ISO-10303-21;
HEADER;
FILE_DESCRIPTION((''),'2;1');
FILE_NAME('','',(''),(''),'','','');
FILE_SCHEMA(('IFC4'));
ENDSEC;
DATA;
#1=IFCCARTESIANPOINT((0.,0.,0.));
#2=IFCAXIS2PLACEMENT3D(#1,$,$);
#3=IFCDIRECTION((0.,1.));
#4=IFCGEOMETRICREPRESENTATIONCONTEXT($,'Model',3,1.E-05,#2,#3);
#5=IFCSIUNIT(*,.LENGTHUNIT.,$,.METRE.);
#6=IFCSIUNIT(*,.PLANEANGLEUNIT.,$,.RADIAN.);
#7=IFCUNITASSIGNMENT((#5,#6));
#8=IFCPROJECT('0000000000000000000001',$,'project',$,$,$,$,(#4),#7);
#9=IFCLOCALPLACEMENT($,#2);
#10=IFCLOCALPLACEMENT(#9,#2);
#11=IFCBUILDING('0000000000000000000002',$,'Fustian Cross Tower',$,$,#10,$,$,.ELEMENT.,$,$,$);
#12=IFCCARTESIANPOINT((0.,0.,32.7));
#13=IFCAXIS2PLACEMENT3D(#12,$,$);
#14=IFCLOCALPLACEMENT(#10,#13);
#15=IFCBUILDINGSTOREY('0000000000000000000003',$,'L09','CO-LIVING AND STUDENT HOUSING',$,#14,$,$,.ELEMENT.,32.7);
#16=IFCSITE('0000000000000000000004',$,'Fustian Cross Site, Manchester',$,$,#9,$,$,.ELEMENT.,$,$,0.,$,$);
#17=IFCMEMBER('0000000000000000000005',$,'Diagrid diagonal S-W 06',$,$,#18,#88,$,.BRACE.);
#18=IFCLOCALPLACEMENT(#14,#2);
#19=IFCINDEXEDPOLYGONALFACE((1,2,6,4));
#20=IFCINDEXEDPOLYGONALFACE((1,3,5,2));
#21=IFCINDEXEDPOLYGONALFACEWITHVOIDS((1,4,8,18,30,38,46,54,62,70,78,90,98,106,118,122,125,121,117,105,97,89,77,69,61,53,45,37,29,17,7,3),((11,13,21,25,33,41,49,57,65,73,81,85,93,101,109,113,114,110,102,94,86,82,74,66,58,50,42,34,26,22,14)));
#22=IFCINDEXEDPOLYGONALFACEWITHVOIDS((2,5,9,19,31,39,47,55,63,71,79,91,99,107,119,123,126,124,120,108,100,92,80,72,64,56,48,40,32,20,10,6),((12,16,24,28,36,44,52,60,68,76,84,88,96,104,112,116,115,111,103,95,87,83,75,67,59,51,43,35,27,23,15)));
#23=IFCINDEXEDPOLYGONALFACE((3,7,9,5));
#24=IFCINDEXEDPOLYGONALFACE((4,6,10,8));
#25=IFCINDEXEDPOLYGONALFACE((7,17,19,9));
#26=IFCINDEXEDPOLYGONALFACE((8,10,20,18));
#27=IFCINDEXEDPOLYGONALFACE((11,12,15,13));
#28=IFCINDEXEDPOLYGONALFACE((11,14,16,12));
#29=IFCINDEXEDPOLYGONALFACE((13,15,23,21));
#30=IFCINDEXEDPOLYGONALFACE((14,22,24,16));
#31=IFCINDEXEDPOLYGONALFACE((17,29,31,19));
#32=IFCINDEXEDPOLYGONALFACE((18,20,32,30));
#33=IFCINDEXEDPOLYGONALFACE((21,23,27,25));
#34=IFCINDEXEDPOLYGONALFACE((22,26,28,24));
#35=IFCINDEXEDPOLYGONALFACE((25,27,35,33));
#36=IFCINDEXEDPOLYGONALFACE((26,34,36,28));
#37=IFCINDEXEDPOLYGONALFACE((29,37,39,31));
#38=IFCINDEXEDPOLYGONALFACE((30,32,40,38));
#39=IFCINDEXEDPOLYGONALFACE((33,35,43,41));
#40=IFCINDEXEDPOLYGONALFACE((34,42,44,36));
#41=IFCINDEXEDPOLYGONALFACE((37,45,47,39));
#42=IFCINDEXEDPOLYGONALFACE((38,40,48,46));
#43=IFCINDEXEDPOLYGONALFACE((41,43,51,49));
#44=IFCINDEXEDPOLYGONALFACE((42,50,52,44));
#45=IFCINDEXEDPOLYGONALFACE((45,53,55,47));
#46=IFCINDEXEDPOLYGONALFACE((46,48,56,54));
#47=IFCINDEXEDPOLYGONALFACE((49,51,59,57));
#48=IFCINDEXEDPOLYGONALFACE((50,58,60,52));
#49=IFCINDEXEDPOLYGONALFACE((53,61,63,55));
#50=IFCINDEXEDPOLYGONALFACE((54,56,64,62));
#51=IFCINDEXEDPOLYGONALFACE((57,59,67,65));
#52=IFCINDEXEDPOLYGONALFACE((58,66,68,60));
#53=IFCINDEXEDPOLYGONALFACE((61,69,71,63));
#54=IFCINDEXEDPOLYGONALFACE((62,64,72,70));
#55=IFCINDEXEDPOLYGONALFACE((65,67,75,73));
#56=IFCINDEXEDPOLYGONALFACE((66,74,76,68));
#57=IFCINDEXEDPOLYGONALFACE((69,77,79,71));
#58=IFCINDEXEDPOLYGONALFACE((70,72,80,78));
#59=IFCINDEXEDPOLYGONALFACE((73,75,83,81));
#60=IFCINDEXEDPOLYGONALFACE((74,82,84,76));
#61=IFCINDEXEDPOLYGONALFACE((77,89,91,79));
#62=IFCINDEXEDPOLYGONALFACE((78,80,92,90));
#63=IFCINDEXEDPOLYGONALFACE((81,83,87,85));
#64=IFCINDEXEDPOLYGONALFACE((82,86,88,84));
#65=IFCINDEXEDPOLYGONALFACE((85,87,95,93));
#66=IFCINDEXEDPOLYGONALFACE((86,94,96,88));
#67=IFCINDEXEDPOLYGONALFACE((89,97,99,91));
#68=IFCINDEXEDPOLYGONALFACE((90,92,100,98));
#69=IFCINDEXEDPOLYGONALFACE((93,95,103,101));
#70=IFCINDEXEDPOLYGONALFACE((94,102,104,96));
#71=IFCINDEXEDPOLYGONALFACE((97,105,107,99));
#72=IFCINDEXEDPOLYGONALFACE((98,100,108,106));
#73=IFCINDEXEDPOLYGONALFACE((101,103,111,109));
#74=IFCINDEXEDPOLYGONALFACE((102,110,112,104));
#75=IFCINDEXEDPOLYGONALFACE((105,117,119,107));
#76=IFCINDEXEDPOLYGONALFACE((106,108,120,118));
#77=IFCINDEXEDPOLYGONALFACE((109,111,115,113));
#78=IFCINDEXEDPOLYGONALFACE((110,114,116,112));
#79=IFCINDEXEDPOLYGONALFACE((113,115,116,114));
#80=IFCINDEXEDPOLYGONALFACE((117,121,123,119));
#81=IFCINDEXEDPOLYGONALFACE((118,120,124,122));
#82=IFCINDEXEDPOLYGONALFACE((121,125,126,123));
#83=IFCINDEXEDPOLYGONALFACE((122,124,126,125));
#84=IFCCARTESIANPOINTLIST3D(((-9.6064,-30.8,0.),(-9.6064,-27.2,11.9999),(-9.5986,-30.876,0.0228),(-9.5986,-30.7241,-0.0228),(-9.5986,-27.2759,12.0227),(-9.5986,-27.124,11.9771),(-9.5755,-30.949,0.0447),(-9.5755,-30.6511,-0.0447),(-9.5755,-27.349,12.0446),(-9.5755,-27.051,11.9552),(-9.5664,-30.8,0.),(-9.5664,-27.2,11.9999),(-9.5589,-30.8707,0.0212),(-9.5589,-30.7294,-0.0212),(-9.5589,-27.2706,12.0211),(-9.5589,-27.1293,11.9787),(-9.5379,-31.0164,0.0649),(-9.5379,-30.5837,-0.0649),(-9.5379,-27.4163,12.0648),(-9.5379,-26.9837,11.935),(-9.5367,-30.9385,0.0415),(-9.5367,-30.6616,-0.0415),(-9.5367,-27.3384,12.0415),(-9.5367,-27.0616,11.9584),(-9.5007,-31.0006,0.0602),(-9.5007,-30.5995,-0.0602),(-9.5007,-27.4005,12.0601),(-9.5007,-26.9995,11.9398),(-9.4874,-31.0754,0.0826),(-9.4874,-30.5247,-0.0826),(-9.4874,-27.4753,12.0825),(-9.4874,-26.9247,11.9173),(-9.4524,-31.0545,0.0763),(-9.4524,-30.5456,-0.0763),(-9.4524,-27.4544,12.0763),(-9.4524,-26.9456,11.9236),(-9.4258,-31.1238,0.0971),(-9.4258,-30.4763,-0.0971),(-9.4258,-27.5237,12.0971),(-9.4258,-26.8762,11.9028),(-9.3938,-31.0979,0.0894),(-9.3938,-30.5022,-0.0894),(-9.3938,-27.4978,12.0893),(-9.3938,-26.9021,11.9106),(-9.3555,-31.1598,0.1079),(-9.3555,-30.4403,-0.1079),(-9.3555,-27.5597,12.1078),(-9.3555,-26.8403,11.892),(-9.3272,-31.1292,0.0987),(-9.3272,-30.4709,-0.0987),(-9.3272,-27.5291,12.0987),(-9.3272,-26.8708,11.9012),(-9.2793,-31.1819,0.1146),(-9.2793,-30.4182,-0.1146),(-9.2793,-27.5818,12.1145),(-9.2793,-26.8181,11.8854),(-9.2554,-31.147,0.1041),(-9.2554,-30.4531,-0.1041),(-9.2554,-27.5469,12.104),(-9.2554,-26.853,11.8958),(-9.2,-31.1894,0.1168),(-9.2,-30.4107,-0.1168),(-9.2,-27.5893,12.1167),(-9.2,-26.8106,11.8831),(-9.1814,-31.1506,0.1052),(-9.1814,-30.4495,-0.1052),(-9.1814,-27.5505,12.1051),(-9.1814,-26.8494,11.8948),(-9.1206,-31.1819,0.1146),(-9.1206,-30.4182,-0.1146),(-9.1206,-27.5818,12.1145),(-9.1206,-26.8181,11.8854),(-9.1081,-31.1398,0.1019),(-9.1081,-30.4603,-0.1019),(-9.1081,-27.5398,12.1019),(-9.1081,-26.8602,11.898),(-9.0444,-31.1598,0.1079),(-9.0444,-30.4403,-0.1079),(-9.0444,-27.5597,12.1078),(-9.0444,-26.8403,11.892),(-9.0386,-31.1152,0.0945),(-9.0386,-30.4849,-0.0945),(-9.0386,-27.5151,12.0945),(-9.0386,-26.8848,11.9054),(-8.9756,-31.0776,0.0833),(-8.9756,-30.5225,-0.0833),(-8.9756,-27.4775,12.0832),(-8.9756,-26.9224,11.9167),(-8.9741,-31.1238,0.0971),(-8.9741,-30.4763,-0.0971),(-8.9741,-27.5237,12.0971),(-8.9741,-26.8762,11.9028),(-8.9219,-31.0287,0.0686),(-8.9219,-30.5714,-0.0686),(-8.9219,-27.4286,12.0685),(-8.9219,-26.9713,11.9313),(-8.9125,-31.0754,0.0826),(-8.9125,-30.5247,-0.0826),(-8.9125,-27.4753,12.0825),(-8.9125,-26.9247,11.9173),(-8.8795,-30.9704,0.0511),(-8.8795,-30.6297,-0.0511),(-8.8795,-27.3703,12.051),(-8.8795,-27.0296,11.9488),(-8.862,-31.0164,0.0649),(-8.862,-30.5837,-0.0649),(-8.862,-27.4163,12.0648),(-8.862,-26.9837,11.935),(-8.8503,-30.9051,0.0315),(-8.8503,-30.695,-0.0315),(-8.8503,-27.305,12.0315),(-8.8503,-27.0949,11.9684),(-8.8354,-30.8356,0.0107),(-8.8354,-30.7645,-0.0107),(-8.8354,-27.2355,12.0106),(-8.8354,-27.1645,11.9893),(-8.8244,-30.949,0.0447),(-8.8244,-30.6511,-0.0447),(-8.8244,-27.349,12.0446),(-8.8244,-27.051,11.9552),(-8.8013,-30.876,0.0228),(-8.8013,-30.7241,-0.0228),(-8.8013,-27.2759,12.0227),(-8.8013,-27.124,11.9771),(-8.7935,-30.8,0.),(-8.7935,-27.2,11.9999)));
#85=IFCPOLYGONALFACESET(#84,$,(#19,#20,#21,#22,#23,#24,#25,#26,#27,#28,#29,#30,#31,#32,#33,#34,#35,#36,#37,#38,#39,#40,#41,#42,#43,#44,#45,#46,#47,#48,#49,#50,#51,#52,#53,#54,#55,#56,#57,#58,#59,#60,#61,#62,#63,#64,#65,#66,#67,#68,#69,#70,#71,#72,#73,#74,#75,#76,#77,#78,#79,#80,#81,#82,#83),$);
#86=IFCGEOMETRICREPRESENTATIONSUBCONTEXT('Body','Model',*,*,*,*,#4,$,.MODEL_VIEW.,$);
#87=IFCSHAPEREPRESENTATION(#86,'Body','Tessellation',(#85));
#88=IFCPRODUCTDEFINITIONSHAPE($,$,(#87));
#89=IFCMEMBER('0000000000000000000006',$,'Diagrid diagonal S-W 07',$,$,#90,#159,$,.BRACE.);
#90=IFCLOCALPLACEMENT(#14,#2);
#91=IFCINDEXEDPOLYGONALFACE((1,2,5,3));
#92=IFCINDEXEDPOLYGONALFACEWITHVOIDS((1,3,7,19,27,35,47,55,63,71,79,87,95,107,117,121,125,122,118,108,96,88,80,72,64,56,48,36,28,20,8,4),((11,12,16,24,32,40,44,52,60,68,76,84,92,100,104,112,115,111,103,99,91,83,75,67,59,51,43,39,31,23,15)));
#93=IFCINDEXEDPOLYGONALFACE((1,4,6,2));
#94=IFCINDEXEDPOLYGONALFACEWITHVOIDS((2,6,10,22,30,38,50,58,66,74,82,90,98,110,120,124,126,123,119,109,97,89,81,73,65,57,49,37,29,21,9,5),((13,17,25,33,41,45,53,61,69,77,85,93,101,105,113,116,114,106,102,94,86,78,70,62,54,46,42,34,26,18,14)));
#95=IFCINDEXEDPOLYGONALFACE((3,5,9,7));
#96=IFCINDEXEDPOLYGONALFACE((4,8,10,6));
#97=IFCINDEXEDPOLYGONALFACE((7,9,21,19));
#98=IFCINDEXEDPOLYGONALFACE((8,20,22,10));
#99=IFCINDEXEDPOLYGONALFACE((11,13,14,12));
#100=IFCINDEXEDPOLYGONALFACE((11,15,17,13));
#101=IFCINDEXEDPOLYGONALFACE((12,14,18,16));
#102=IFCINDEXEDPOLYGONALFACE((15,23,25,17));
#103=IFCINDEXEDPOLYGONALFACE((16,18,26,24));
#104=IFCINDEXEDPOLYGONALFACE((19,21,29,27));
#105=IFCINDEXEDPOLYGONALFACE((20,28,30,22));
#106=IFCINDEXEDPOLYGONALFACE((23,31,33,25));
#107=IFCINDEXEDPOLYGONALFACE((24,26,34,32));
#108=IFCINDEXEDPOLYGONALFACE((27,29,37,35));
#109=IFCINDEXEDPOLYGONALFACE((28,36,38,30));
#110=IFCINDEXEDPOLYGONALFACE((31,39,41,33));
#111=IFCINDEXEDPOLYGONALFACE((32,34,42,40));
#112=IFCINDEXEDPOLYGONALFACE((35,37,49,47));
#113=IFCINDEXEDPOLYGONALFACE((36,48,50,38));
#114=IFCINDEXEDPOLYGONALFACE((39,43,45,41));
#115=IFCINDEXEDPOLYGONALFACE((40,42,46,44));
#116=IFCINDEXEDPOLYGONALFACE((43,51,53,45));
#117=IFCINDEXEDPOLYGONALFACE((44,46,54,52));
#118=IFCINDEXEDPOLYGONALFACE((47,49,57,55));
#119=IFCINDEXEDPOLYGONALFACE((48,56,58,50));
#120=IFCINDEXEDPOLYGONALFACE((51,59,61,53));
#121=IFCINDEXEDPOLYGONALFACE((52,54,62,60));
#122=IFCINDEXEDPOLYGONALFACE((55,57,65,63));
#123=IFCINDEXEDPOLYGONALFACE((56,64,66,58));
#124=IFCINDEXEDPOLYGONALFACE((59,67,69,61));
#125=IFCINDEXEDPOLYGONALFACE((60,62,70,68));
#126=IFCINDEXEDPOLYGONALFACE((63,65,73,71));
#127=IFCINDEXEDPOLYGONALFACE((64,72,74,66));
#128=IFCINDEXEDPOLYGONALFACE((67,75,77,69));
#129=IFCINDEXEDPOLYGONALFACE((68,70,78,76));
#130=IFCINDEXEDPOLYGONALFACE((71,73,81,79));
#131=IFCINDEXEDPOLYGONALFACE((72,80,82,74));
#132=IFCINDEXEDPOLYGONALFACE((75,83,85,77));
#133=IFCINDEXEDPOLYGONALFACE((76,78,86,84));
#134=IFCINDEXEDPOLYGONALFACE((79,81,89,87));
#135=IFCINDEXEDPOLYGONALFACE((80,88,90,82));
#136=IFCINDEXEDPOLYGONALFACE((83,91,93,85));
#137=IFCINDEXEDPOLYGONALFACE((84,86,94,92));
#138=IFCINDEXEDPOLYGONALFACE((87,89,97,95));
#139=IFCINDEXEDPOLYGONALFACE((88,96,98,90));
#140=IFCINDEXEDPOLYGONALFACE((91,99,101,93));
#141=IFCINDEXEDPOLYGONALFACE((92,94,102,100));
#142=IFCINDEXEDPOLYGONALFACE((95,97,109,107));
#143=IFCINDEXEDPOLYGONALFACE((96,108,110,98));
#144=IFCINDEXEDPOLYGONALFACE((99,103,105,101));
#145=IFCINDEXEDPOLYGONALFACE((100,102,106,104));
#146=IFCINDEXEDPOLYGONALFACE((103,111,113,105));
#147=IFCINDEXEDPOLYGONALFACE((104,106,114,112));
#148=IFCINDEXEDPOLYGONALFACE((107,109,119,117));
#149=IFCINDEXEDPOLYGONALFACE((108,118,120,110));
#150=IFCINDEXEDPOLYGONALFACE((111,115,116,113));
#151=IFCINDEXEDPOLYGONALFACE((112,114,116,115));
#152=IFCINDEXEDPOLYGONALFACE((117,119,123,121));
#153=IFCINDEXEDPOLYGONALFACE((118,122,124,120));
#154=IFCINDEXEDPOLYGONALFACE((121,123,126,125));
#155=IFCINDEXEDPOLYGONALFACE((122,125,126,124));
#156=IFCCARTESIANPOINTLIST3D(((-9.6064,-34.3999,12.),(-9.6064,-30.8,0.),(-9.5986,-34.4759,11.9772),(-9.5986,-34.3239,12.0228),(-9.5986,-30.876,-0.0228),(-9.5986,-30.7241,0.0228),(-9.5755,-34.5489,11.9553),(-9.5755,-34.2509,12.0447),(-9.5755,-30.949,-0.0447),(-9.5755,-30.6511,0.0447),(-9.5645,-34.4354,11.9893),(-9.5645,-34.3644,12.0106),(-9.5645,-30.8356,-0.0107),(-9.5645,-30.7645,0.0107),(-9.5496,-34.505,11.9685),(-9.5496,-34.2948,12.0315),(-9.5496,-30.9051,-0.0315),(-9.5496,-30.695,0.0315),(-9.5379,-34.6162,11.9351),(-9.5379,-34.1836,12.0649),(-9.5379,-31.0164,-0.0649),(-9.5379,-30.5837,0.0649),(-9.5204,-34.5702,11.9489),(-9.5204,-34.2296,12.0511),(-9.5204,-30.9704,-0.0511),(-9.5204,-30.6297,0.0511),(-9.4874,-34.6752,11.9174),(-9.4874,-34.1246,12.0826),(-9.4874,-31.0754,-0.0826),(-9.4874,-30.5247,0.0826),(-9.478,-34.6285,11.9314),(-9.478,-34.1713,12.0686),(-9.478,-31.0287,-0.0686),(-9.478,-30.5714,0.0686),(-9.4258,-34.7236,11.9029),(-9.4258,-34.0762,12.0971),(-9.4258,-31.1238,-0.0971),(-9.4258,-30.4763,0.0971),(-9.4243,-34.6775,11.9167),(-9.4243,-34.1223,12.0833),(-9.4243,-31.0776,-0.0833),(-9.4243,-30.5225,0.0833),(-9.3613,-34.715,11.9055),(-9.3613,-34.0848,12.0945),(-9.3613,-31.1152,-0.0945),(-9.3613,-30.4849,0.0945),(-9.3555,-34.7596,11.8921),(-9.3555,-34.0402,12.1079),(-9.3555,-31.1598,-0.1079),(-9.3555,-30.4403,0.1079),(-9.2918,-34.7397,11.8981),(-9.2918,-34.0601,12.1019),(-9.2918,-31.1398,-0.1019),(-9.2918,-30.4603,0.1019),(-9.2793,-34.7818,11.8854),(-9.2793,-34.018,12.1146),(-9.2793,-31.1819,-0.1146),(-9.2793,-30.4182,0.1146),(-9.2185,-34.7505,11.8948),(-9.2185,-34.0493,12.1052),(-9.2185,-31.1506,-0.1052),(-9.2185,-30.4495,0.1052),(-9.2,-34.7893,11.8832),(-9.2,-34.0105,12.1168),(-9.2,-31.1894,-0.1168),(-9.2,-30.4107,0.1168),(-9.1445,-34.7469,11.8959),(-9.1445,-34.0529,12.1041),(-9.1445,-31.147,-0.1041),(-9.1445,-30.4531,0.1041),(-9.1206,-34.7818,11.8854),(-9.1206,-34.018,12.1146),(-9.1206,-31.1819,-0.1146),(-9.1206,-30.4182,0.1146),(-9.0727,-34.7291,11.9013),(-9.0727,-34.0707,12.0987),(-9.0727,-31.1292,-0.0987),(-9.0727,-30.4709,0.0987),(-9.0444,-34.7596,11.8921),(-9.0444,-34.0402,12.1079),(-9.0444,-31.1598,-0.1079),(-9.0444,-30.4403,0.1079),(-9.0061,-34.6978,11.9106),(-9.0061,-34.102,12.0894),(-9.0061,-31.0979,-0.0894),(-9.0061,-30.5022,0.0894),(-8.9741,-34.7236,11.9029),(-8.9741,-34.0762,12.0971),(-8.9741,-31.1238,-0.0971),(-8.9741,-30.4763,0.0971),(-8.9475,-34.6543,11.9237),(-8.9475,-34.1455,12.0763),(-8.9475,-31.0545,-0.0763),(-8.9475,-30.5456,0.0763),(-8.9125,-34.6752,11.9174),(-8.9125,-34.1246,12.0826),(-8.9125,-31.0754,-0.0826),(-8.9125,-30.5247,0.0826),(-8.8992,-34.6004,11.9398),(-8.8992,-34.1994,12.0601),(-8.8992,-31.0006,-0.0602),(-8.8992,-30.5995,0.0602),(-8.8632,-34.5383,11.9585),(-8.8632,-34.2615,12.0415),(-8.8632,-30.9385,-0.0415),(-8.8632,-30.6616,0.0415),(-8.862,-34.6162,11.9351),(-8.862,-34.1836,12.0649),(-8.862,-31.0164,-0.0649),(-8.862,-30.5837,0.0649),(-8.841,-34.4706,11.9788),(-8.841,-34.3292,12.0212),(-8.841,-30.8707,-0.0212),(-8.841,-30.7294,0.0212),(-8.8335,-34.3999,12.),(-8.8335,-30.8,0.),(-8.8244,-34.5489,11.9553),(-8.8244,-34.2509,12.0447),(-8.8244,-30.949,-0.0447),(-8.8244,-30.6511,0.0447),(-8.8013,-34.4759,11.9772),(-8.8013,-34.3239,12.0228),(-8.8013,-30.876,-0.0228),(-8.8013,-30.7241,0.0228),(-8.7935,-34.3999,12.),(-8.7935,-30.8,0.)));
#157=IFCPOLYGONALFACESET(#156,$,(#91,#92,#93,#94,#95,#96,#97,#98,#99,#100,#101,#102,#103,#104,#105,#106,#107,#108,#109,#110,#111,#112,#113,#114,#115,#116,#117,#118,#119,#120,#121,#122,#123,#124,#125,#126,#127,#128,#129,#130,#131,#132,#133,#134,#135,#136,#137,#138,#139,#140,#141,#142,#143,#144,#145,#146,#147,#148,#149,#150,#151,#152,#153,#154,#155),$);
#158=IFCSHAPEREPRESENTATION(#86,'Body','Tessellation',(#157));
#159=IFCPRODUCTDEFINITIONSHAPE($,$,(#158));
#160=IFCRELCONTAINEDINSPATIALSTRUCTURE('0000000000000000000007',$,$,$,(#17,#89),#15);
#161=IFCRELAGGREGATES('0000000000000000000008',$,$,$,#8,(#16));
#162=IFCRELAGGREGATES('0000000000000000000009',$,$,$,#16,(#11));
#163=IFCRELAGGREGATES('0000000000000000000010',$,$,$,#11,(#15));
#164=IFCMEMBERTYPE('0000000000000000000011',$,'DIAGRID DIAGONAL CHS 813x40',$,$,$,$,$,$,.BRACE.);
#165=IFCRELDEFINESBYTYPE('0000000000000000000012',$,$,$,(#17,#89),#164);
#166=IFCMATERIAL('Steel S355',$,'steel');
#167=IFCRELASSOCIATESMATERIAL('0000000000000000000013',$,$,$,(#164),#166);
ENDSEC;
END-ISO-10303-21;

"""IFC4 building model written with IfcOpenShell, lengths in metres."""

from ifc_helpers import new_model, si_unit, direction, frame, origin, origin_2d, place, context, subcontext, project, spatial, hollow_circle, extrude, material, material_profile, profile_set, type_object, element, save


model = new_model("IFC4")

# Units and contexts
model_context = context("Model", 3, precision=1e-05, world=origin(), true_north=direction((0.0, 1.0)))
body_context = subcontext(model_context, "Body", "Model", "MODEL_VIEW")
ifc_project = project(units=[si_unit("LENGTHUNIT", "METRE"), si_unit("PLANEANGLEUNIT", "RADIAN")], contexts=[model_context])

# Site, building, storey
site_placement = place(None, origin())
site = spatial("IfcSite", under=ifc_project, at=site_placement, Name="Fustian Cross Site, Manchester", CompositionType="ELEMENT", RefElevation=0.0)
building_placement = place(site_placement, origin())
building = spatial("IfcBuilding", under=site, at=building_placement, Name="Fustian Cross Tower", CompositionType="ELEMENT")
storey_placement = place(building_placement, frame((0.0, 0.0, 32.7)))
storey = spatial("IfcBuildingStorey", under=building, at=storey_placement, Name="L09", Description="CO-LIVING AND STUDENT HOUSING", CompositionType="ELEMENT", Elevation=32.7)

# Members
ifc_material_1 = material(Name="Steel S355", Category="steel")
ifc_material_profile_1 = material_profile(ifc_material_1, hollow_circle(Radius=0.4065, WallThickness=0.04, at=origin_2d()), Name="CHS 813x40")
ifc_profile_set_1 = profile_set([ifc_material_profile_1], Name="Steel S355")
member_type_1 = type_object("IfcMemberType", Name="DIAGRID DIAGONAL CHS 813x40", PredefinedType="BRACE", material=ifc_profile_set_1)
for number, where, z_axis, x_axis, name in (
    (1, (-9.2, -30.8, 0.0), (0.0, 0.287355, 0.957824), (-1.0, 0.0, 0.0), "Diagrid diagonal S-W 06"),
    (2, (-9.2, -30.8, 0.0), (0.0, -0.287337, 0.95783), (1.0, 0.0, 0.0), "Diagrid diagonal S-W 07"),
):
    element("IfcMember", number, at=place(storey_placement, frame(where, z_axis=z_axis, x_axis=x_axis)), inside=storey, type_object=member_type_1, Name=name, PredefinedType="BRACE", context=body_context, shape_type="SweptSolid", body=[
        extrude(hollow_circle(Radius=0.4065, WallThickness=0.04, at=origin_2d()), origin(), (0.0, 0.0, 1.0), 12.5283),
    ])

save(model, "model.ifc")
